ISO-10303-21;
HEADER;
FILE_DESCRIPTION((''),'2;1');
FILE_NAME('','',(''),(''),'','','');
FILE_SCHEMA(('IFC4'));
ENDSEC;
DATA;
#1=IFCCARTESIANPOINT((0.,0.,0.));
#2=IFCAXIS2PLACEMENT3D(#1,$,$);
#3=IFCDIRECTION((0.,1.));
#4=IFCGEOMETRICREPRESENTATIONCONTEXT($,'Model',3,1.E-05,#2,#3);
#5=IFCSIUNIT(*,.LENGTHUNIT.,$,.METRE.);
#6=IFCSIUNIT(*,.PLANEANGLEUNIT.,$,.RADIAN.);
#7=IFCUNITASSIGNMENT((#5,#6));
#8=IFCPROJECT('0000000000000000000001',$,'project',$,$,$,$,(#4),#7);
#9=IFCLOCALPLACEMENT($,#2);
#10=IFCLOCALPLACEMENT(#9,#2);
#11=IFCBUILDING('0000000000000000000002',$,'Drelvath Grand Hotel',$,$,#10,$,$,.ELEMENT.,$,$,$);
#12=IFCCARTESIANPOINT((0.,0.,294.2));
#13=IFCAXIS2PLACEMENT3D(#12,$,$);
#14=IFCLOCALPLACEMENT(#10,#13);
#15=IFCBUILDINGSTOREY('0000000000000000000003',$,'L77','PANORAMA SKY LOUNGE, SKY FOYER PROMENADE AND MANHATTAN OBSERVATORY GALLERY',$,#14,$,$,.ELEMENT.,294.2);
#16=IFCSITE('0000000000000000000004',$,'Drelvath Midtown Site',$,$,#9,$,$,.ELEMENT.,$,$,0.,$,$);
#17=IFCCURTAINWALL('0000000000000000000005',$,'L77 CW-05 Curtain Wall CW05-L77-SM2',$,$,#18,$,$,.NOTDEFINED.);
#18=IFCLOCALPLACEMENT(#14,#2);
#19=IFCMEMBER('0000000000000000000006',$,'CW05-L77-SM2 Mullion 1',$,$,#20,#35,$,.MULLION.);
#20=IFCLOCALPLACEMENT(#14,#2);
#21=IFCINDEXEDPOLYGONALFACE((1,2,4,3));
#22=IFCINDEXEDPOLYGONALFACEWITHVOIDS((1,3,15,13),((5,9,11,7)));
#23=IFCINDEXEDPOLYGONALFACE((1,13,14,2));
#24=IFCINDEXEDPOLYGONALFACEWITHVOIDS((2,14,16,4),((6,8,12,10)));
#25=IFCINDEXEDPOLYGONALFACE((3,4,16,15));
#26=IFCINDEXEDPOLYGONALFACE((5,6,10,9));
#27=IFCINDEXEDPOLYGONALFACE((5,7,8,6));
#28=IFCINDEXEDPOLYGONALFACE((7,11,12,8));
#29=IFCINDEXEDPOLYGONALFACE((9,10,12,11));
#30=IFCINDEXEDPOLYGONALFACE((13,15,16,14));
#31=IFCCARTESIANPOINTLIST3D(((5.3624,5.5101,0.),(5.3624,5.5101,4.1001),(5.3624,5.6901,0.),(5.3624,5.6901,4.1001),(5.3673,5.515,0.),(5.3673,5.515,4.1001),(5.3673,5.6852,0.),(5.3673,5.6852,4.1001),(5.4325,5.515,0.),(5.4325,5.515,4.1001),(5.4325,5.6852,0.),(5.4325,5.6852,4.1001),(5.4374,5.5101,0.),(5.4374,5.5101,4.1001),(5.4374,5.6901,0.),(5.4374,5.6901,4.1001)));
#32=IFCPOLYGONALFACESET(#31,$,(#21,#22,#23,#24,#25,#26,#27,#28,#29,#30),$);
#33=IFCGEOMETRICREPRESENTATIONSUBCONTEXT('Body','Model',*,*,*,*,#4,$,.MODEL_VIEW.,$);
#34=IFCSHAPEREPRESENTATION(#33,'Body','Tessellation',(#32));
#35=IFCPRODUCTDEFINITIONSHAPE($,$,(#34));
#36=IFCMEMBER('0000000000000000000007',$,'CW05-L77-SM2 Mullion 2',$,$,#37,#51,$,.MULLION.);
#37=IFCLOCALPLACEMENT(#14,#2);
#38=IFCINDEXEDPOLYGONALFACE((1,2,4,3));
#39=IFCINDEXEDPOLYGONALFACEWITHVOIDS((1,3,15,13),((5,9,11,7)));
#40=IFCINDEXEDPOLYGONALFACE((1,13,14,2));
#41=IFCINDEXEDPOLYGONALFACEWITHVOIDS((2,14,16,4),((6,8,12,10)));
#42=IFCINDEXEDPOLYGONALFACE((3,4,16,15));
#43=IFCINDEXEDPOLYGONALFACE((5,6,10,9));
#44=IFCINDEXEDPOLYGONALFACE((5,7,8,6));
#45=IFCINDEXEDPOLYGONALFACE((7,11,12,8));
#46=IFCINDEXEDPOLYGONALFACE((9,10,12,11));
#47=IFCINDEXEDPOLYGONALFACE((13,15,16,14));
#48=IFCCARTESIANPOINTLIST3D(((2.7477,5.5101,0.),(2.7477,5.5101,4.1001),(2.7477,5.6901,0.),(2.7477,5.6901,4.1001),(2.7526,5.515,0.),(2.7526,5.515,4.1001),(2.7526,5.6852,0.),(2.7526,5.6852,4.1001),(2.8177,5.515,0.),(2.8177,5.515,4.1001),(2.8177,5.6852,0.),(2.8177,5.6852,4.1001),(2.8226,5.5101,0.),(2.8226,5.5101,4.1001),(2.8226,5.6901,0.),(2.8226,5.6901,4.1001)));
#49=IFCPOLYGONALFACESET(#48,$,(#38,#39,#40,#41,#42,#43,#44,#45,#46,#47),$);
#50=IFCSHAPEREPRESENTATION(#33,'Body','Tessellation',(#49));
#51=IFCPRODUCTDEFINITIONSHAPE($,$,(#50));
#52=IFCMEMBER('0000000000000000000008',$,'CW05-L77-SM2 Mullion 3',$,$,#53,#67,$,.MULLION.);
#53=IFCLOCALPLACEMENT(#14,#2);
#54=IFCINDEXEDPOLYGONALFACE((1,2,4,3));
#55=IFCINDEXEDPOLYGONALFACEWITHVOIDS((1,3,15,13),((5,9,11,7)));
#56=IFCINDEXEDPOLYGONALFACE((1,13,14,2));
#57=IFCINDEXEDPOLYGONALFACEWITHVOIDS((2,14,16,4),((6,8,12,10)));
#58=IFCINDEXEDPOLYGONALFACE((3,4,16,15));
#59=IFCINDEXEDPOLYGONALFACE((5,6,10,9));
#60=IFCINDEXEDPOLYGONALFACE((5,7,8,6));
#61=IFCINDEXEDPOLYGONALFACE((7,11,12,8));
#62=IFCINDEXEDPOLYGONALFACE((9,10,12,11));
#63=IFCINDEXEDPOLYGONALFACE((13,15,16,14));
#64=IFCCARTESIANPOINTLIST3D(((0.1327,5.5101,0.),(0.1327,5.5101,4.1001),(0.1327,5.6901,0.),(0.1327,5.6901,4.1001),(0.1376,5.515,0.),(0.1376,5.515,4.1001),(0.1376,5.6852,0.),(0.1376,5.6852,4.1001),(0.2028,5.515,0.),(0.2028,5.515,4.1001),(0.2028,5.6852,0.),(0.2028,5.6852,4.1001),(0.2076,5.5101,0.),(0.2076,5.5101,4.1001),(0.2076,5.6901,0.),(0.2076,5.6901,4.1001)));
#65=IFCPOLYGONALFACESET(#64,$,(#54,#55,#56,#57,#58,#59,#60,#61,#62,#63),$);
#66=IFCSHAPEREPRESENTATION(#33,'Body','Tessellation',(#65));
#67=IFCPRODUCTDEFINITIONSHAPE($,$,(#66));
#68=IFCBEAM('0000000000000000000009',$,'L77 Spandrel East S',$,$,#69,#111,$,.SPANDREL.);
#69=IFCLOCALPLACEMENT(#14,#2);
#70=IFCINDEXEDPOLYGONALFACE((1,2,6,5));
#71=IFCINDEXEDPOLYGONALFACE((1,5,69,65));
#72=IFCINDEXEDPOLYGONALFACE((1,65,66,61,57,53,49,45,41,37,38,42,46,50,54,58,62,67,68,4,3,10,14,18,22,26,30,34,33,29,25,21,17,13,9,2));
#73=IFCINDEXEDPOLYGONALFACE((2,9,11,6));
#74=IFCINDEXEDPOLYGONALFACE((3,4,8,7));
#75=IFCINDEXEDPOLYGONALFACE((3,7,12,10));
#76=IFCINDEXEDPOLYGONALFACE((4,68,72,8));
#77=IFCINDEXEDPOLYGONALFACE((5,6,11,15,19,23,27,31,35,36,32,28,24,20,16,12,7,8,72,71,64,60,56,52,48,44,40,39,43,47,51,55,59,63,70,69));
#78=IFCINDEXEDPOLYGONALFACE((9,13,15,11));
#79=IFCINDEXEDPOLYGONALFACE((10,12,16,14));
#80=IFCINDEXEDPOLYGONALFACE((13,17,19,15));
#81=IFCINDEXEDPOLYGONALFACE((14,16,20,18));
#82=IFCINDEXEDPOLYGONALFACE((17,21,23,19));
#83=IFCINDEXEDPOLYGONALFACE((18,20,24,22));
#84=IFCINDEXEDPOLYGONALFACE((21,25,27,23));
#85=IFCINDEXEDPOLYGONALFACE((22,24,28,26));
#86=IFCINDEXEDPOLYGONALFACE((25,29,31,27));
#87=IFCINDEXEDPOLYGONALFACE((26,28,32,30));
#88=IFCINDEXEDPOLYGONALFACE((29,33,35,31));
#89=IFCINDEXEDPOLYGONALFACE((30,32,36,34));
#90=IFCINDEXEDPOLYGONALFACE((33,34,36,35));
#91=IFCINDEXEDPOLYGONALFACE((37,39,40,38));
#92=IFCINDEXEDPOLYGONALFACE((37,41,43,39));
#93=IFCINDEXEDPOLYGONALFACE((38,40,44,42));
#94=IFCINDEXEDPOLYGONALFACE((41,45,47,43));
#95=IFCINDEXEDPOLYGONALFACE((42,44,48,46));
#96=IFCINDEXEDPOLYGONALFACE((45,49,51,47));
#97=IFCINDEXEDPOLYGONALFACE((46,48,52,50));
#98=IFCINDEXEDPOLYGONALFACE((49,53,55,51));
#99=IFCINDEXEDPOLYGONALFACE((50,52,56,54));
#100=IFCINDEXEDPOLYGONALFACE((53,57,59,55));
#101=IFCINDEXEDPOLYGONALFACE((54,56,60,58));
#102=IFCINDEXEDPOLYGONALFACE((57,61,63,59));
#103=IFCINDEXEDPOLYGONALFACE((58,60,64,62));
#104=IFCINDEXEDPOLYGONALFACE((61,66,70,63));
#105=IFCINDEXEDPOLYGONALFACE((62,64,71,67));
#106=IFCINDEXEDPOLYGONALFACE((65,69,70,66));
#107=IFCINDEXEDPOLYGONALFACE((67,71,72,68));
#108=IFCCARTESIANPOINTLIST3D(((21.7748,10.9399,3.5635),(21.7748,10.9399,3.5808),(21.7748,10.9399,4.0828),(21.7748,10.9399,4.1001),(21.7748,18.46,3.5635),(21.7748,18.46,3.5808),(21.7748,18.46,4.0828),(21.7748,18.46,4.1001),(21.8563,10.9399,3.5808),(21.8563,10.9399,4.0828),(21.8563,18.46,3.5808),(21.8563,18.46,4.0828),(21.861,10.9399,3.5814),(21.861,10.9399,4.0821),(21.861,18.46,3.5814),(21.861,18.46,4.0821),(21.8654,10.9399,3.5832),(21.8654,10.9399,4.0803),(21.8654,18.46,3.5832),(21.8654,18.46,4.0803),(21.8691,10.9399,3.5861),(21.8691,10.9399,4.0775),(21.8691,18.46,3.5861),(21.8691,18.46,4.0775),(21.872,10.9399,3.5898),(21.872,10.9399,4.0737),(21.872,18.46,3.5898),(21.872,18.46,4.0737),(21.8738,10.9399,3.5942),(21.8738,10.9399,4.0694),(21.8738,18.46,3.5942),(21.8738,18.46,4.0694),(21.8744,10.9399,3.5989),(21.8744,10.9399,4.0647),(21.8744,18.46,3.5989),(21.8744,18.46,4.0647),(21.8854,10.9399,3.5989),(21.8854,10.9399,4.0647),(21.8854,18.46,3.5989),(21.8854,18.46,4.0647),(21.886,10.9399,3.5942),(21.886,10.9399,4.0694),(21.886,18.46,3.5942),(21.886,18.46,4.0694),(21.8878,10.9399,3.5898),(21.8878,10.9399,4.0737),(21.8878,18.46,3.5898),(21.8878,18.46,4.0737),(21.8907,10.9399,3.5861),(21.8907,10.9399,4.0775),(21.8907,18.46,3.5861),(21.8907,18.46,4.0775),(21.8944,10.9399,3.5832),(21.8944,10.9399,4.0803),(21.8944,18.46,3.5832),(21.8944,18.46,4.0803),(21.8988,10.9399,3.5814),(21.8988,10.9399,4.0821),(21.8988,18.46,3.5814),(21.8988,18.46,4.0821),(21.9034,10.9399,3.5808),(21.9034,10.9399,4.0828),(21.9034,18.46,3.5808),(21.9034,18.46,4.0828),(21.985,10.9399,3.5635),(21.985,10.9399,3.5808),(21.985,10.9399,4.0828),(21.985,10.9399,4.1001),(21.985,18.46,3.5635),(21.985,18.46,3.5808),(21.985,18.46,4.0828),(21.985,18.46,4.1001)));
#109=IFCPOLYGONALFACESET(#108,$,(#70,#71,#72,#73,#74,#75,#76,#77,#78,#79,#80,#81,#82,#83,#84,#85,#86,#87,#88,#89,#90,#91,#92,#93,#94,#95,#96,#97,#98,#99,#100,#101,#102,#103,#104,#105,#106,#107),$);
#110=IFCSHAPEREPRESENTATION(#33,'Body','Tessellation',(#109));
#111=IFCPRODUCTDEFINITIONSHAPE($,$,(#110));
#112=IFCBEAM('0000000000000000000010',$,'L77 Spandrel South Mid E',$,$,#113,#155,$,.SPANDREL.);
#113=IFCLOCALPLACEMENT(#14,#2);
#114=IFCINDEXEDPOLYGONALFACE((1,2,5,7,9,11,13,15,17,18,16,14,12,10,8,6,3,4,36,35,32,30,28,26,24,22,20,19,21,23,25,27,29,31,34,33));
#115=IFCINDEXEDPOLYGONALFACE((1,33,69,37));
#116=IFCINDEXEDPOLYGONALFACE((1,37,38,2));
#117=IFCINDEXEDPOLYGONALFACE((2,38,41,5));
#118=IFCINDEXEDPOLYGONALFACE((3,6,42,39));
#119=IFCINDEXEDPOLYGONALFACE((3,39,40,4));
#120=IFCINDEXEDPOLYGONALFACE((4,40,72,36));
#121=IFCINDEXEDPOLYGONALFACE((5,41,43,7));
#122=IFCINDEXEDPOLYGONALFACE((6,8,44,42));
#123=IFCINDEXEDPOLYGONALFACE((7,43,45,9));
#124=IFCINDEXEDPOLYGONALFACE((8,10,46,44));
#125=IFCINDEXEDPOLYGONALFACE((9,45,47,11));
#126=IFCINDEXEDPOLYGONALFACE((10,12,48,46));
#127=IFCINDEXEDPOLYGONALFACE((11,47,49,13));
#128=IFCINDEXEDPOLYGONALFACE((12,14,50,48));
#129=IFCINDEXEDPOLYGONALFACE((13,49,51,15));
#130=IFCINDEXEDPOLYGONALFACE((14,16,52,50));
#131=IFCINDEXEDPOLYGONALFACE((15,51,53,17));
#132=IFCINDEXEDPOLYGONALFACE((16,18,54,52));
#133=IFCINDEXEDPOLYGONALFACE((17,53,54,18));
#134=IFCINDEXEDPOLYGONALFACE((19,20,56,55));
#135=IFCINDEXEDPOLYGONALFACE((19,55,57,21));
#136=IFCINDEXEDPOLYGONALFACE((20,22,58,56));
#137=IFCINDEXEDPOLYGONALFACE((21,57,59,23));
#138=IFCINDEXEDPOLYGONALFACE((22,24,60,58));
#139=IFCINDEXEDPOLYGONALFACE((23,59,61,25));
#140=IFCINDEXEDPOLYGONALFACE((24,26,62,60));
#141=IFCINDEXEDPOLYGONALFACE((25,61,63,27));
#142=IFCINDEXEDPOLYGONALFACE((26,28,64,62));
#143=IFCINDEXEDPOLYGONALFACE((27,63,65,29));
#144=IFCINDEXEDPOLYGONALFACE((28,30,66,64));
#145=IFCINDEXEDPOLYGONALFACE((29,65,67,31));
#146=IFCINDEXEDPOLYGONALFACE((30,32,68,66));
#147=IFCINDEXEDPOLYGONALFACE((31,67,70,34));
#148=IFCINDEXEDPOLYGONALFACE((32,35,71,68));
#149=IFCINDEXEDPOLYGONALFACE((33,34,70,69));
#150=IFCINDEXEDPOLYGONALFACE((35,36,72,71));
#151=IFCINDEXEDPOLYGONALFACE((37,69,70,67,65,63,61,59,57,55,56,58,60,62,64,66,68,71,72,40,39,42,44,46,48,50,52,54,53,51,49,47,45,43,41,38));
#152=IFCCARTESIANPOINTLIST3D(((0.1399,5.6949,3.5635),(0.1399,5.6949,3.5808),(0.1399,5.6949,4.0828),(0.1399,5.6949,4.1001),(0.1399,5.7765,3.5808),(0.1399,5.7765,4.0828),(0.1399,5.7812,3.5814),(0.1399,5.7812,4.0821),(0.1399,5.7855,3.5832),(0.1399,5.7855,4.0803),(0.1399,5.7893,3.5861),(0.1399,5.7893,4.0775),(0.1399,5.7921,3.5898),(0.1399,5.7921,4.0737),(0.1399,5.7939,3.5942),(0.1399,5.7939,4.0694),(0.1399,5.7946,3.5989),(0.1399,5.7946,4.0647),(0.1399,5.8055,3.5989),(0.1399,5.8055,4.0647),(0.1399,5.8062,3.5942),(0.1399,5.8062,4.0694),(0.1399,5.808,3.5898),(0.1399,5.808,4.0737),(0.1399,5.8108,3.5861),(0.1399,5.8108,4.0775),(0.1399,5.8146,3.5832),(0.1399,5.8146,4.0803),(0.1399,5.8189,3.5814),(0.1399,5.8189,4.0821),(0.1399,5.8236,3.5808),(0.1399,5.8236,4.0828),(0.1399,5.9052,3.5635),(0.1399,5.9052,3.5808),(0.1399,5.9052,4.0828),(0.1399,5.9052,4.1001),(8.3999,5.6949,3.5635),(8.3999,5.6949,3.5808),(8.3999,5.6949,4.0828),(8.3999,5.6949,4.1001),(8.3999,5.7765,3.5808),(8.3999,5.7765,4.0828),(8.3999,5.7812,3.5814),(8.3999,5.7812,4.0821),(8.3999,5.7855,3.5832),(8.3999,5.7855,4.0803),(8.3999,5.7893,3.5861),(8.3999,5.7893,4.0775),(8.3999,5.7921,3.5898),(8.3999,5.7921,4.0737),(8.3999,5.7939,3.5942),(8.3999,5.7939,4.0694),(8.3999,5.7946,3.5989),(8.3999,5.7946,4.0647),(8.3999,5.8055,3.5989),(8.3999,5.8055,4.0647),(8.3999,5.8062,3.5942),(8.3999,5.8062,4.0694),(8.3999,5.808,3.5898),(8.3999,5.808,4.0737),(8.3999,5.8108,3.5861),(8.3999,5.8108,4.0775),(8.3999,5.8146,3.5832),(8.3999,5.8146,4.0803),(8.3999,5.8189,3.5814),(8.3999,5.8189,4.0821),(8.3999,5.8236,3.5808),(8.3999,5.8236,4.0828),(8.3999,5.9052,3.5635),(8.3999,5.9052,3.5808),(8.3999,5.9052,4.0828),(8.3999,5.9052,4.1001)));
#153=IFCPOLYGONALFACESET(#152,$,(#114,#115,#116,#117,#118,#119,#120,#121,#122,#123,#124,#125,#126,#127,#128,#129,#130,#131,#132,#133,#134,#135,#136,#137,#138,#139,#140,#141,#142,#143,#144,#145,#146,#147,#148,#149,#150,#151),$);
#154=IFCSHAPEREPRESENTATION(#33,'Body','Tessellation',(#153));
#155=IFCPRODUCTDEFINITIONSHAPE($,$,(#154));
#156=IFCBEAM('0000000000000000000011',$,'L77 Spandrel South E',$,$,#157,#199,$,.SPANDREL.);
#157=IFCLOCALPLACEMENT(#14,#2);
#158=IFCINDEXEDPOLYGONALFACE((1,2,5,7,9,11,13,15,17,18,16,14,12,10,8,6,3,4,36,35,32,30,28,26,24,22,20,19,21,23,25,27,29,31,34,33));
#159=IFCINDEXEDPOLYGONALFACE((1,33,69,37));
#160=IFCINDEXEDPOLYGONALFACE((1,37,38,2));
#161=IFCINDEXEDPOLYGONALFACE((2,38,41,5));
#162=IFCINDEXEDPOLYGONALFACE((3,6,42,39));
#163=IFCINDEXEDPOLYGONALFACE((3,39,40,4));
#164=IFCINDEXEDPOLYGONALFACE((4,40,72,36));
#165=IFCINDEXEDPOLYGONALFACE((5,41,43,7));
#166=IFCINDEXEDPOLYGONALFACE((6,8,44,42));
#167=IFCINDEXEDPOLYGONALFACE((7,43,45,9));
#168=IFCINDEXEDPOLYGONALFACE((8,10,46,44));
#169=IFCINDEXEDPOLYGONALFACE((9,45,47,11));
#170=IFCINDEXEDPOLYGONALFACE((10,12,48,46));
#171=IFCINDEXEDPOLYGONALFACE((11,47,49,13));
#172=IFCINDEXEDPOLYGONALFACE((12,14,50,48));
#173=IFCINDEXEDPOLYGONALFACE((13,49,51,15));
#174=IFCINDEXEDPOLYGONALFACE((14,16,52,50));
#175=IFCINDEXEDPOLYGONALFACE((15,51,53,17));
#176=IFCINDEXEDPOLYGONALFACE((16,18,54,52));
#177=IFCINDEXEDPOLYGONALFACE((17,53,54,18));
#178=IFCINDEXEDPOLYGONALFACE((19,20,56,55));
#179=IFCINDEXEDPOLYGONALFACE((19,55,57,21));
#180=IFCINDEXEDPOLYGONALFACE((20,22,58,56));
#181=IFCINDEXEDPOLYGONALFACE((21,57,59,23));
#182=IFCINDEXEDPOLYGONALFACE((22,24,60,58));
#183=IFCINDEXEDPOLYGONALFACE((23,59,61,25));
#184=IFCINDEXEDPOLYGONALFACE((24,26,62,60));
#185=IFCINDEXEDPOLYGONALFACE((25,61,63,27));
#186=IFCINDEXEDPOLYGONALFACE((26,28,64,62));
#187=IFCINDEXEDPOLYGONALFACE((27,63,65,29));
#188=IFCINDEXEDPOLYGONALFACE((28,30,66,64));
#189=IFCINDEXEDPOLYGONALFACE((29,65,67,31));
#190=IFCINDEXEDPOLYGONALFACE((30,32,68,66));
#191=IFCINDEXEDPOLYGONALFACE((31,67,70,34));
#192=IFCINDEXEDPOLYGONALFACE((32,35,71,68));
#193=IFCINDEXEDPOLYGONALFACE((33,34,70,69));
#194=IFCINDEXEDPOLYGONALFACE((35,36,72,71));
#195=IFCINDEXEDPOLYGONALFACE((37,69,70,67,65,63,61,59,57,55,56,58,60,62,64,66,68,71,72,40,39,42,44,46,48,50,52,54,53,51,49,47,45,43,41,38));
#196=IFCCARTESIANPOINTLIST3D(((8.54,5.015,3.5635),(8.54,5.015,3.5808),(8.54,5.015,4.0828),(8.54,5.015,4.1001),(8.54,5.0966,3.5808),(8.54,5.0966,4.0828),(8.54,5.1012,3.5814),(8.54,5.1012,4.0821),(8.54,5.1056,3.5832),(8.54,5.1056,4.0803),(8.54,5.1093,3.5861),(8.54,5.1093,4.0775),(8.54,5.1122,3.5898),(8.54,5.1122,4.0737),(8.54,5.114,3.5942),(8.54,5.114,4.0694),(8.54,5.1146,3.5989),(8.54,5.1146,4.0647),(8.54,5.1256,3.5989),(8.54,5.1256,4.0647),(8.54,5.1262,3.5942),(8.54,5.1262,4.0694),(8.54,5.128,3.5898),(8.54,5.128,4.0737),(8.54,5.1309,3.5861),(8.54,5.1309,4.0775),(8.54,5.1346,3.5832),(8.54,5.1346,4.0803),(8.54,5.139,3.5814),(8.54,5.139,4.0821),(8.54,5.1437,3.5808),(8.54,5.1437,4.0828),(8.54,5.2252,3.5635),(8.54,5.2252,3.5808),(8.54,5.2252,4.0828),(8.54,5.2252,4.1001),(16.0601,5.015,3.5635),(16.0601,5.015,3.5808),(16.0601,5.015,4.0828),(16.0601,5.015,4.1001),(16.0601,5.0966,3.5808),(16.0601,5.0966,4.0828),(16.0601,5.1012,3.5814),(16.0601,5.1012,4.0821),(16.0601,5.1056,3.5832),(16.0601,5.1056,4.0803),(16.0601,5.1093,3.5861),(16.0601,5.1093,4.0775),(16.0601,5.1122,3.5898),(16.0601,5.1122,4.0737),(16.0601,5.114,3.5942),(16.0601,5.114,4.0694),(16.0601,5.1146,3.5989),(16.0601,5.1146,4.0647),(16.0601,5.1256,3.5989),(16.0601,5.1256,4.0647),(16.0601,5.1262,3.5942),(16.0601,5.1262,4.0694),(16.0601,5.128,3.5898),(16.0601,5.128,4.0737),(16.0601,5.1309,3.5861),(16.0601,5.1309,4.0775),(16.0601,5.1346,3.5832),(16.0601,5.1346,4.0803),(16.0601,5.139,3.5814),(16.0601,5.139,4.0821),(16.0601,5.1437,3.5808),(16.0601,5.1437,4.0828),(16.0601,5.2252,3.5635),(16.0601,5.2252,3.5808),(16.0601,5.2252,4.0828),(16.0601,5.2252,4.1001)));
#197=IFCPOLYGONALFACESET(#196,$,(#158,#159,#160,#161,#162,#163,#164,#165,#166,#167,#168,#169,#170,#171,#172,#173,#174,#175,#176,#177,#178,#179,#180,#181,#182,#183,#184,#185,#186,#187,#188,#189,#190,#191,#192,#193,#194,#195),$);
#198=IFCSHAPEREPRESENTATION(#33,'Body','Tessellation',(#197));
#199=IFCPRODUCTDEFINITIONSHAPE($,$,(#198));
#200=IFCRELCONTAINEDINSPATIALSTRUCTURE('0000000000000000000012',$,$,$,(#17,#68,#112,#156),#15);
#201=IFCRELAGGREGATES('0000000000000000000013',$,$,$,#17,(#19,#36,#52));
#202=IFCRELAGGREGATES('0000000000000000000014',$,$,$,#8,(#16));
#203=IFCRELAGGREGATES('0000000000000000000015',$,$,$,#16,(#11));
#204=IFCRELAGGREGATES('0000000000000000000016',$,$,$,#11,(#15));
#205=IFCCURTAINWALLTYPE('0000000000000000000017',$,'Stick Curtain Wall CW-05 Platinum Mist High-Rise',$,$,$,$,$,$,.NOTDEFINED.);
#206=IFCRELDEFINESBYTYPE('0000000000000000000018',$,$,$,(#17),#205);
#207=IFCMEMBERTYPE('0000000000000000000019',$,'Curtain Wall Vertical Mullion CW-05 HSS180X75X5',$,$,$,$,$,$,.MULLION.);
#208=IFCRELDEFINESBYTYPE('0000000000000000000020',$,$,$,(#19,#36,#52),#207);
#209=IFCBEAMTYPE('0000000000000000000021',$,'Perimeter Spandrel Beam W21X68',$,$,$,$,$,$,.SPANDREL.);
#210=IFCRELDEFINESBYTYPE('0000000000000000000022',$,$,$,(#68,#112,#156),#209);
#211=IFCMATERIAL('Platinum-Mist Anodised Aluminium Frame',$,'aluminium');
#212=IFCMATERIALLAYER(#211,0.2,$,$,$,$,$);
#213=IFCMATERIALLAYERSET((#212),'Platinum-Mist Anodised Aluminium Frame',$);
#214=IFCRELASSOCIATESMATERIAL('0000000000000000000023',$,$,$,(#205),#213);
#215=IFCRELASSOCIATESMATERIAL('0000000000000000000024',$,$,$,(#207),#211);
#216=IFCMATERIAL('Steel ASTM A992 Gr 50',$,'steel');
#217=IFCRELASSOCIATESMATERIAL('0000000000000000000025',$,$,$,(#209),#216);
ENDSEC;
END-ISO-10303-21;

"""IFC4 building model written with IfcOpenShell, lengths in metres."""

from ifc_helpers import new_model, si_unit, direction, frame, origin, origin_2d, place, context, subcontext, project, spatial, hollow_rectangle, i_section, extrude, material, layer, layer_set, material_profile, profile_set, type_object, element, aggregate, save


model = new_model("IFC4")

# Units and contexts
model_context = context("Model", 3, precision=1e-05, world=origin(), true_north=direction((0.0, 1.0)))
body_context = subcontext(model_context, "Body", "Model", "MODEL_VIEW")
ifc_project = project(units=[si_unit("LENGTHUNIT", "METRE"), si_unit("PLANEANGLEUNIT", "RADIAN")], contexts=[model_context])

# Site, building, storey
site_placement = place(None, origin())
site = spatial("IfcSite", under=ifc_project, at=site_placement, Name="Drelvath Midtown Site", CompositionType="ELEMENT", RefElevation=0.0)
building_placement = place(site_placement, origin())
building = spatial("IfcBuilding", under=site, at=building_placement, Name="Drelvath Grand Hotel", CompositionType="ELEMENT")
storey_placement = place(building_placement, frame((0.0, 0.0, 294.2)))
storey = spatial("IfcBuildingStorey", under=building, at=storey_placement, Name="L77", Description="PANORAMA SKY LOUNGE, SKY FOYER PROMENADE AND MANHATTAN OBSERVATORY GALLERY", CompositionType="ELEMENT", Elevation=294.2)

# Shared definitions
ifc_material_1 = material(Name="Steel ASTM A992 Gr 50", Category="steel")

# Curtain wall
ifc_material_2 = material(Name="Platinum-Mist Anodised Aluminium Frame", Category="aluminium")
ifc_layer_1 = layer(ifc_material_2, 0.2)
ifc_layer_set_1 = layer_set([ifc_layer_1], Name="Platinum-Mist Anodised Aluminium Frame")
curtain_wall_type = type_object("IfcCurtainWallType", Name="Stick Curtain Wall CW-05 Platinum Mist High-Rise", PredefinedType="NOTDEFINED", material=ifc_layer_set_1)
curtain_wall_1_placement = place(storey_placement, origin())
curtain_wall_1 = element("IfcCurtainWall", 1, at=curtain_wall_1_placement, inside=storey, type_object=curtain_wall_type, Name="L77 CW-05 Curtain Wall CW05-L77-SM2", PredefinedType="NOTDEFINED")

# Members
ifc_material_profile_1 = material_profile(ifc_material_2, hollow_rectangle(XDim=0.075, YDim=0.1799, WallThickness=0.0049, at=origin_2d()), Name="HSS180X75X5")
ifc_profile_set_1 = profile_set([ifc_material_profile_1], Name="Platinum-Mist Anodised Aluminium Frame")
member_type_1 = type_object("IfcMemberType", Name="Curtain Wall Vertical Mullion CW-05 HSS180X75X5", PredefinedType="MULLION", material=ifc_profile_set_1)
member_1_placement = place(storey_placement, frame((5.3999, 5.6001, 0.0), z_axis=(0.0, 0.0, 1.0), x_axis=(1.0, 0.0, 0.0)))
member_1 = element("IfcMember", 2, at=member_1_placement, type_object=member_type_1, Name="CW05-L77-SM2 Mullion 1", PredefinedType="MULLION", context=body_context, shape_type="SweptSolid", body=[
    extrude(hollow_rectangle(XDim=0.075, YDim=0.1799, WallThickness=0.0049, at=origin_2d()), origin(), (0.0, 0.0, 1.0), 4.1001),
])
member_2_placement = place(storey_placement, frame((2.7852, 5.6001, 0.0), z_axis=(0.0, 0.0, 1.0), x_axis=(1.0, 0.0, 0.0)))
member_2 = element("IfcMember", 3, at=member_2_placement, type_object=member_type_1, Name="CW05-L77-SM2 Mullion 2", PredefinedType="MULLION", context=body_context, shape_type="SweptSolid", body=[
    extrude(hollow_rectangle(XDim=0.075, YDim=0.1799, WallThickness=0.0049, at=origin_2d()), origin(), (0.0, 0.0, 1.0), 4.1001),
])
member_3_placement = place(storey_placement, frame((0.1702, 5.6001, 0.0), z_axis=(0.0, 0.0, 1.0), x_axis=(1.0, 0.0, 0.0)))
member_3 = element("IfcMember", 4, at=member_3_placement, type_object=member_type_1, Name="CW05-L77-SM2 Mullion 3", PredefinedType="MULLION", context=body_context, shape_type="SweptSolid", body=[
    extrude(hollow_rectangle(XDim=0.075, YDim=0.1799, WallThickness=0.0049, at=origin_2d()), origin(), (0.0, 0.0, 1.0), 4.1001),
])

# Beams
ifc_material_profile_2 = material_profile(ifc_material_1, i_section(OverallWidth=0.2102, OverallDepth=0.5366, WebThickness=0.011, FlangeThickness=0.0173, FilletRadius=0.0181, at=origin_2d()), Name="W21X68")
ifc_profile_set_2 = profile_set([ifc_material_profile_2], Name="Steel ASTM A992 Gr 50")
beam_type_1 = type_object("IfcBeamType", Name="Perimeter Spandrel Beam W21X68", PredefinedType="SPANDREL", material=ifc_profile_set_2)
beam_1_placement = place(storey_placement, frame((21.8799, 10.9399, 3.8318), z_axis=(0.0, 1.0, 0.0), x_axis=(-1.0, 0.0, 0.0)))
element("IfcBeam", 5, at=beam_1_placement, inside=storey, type_object=beam_type_1, Name="L77 Spandrel East S", PredefinedType="SPANDREL", context=body_context, shape_type="SweptSolid", body=[
    extrude(i_section(OverallWidth=0.2102, OverallDepth=0.5366, WebThickness=0.011, FlangeThickness=0.0173, FilletRadius=0.0181, at=origin_2d()), origin(), (0.0, 0.0, 1.0), 7.52),
])
beam_2_placement = place(storey_placement, frame((0.1399, 5.8, 3.8318), z_axis=(1.0, 0.0, 0.0), x_axis=(0.0, 1.0, 0.0)))
element("IfcBeam", 6, at=beam_2_placement, inside=storey, type_object=beam_type_1, Name="L77 Spandrel South Mid E", PredefinedType="SPANDREL", context=body_context, shape_type="SweptSolid", body=[
    extrude(i_section(OverallWidth=0.2102, OverallDepth=0.5366, WebThickness=0.011, FlangeThickness=0.0173, FilletRadius=0.0181, at=origin_2d()), origin(), (0.0, 0.0, 1.0), 8.26),
])
beam_3_placement = place(storey_placement, frame((8.54, 5.1201, 3.8318), z_axis=(1.0, 0.0, 0.0), x_axis=(0.0, 1.0, 0.0)))
element("IfcBeam", 7, at=beam_3_placement, inside=storey, type_object=beam_type_1, Name="L77 Spandrel South E", PredefinedType="SPANDREL", context=body_context, shape_type="SweptSolid", body=[
    extrude(i_section(OverallWidth=0.2102, OverallDepth=0.5366, WebThickness=0.011, FlangeThickness=0.0173, FilletRadius=0.0181, at=origin_2d()), origin(), (0.0, 0.0, 1.0), 7.52),
])

aggregate(curtain_wall_1, [member_1, member_2, member_3])

save(model, "model.ifc")
